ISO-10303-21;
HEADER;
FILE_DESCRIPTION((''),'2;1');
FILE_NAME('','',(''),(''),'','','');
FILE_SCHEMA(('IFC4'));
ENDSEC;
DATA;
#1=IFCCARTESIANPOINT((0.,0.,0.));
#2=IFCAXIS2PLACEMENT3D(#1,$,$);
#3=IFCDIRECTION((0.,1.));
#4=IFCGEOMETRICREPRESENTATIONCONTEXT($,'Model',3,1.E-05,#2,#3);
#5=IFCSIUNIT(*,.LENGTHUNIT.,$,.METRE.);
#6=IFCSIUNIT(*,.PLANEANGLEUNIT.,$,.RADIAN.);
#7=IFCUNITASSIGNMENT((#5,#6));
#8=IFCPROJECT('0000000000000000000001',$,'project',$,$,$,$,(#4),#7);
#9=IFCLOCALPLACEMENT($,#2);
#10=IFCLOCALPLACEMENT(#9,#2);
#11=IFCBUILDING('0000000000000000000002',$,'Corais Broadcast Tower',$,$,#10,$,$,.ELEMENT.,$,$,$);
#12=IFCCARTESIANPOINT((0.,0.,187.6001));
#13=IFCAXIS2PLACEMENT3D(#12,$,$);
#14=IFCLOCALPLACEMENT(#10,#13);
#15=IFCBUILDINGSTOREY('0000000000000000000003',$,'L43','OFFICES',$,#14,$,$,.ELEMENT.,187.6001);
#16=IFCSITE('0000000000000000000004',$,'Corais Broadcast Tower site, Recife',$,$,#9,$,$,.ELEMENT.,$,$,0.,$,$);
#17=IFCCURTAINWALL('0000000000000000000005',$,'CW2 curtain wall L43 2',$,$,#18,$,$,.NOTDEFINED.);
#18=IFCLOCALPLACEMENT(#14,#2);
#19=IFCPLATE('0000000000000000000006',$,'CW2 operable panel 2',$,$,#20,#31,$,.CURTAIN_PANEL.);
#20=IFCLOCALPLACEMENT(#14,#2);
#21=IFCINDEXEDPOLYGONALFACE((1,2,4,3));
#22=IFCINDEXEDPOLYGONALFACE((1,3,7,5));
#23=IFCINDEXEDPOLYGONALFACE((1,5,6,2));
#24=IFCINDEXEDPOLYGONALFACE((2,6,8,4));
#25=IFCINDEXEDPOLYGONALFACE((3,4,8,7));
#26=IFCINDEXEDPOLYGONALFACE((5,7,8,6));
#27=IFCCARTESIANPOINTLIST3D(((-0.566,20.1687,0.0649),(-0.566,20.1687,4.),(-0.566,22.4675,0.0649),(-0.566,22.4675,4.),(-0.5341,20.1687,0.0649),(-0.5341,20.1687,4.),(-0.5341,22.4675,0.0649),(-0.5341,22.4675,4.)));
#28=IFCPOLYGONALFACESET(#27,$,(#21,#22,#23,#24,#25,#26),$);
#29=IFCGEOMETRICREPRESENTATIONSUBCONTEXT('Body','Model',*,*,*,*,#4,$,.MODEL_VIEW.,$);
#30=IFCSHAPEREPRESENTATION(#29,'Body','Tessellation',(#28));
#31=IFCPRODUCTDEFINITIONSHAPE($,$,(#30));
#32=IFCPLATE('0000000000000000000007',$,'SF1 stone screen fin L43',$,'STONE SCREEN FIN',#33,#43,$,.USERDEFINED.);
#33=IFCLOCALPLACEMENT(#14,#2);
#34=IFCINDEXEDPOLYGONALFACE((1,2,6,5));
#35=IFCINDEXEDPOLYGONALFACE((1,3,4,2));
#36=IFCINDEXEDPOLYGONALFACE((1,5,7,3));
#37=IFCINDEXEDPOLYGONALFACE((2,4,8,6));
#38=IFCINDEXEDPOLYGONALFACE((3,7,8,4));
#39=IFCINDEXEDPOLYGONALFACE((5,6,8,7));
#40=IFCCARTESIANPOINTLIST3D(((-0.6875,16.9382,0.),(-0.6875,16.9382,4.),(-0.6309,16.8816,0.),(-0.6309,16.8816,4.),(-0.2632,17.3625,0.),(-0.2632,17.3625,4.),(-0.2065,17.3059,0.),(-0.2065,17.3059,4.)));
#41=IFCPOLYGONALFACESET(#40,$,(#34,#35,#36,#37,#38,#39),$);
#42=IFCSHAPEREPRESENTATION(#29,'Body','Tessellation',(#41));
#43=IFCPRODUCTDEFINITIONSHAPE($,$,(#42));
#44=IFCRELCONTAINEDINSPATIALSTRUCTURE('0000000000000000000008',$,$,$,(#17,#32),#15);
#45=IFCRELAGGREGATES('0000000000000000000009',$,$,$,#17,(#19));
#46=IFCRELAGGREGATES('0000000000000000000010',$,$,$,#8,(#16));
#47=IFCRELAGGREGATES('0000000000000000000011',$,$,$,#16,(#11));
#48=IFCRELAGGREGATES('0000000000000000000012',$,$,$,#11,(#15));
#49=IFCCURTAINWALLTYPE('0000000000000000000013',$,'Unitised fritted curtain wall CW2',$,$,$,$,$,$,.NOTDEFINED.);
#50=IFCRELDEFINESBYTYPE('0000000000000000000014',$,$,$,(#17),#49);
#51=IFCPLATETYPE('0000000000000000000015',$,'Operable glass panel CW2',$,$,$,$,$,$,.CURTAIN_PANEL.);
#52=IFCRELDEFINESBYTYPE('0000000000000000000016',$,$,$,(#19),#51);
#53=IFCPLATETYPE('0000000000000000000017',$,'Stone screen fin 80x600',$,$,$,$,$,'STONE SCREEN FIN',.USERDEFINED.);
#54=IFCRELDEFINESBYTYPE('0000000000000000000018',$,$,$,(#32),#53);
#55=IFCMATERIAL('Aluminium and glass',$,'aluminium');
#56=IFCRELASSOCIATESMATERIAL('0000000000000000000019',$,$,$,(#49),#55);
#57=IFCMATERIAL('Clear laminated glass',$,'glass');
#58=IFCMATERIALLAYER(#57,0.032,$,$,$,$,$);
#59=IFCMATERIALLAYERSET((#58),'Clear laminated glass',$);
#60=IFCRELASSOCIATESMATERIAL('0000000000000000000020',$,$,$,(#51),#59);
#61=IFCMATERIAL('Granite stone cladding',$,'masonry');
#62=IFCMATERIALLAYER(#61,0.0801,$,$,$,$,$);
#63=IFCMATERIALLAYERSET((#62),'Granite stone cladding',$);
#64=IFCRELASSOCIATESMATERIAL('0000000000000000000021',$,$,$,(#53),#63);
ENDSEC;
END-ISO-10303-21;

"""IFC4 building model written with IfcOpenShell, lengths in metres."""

from ifc_helpers import new_model, si_unit, direction, frame, origin, origin_2d, place, context, subcontext, project, spatial, rectangle, extrude, material, layer, layer_set, type_object, element, aggregate, save


model = new_model("IFC4")

# Units and contexts
model_context = context("Model", 3, precision=1e-05, world=origin(), true_north=direction((0.0, 1.0)))
body_context = subcontext(model_context, "Body", "Model", "MODEL_VIEW")
ifc_project = project(units=[si_unit("LENGTHUNIT", "METRE"), si_unit("PLANEANGLEUNIT", "RADIAN")], contexts=[model_context])

# Site, building, storey
site_placement = place(None, origin())
site = spatial("IfcSite", under=ifc_project, at=site_placement, Name="Corais Broadcast Tower site, Recife", CompositionType="ELEMENT", RefElevation=0.0)
building_placement = place(site_placement, origin())
building = spatial("IfcBuilding", under=site, at=building_placement, Name="Corais Broadcast Tower", CompositionType="ELEMENT")
storey_placement = place(building_placement, frame((0.0, 0.0, 187.6001)))
storey = spatial("IfcBuildingStorey", under=building, at=storey_placement, Name="L43", Description="OFFICES", CompositionType="ELEMENT", Elevation=187.6001)

# Curtain wall
ifc_material_1 = material(Name="Aluminium and glass", Category="aluminium")
curtain_wall_type = type_object("IfcCurtainWallType", Name="Unitised fritted curtain wall CW2", PredefinedType="NOTDEFINED", material=ifc_material_1)
curtain_wall_1_placement = place(storey_placement, origin())
curtain_wall_1 = element("IfcCurtainWall", 1, at=curtain_wall_1_placement, inside=storey, type_object=curtain_wall_type, Name="CW2 curtain wall L43 2", PredefinedType="NOTDEFINED")

# Plates
ifc_material_2 = material(Name="Clear laminated glass", Category="glass")
ifc_layer_1 = layer(ifc_material_2, 0.032)
ifc_layer_set_1 = layer_set([ifc_layer_1], Name="Clear laminated glass")
plate_type_1 = type_object("IfcPlateType", Name="Operable glass panel CW2", PredefinedType="CURTAIN_PANEL", material=ifc_layer_set_1)
plate_1_placement = place(storey_placement, frame((-0.55, 21.3181, 0.0649), z_axis=(0.0, 0.0, 1.0), x_axis=(0.0, 1.0, 0.0)))
plate_1 = element("IfcPlate", 2, at=plate_1_placement, type_object=plate_type_1, Name="CW2 operable panel 2", PredefinedType="CURTAIN_PANEL", context=body_context, shape_type="SweptSolid", body=[
    extrude(rectangle(XDim=2.2988, YDim=0.032, at=origin_2d()), origin(), (0.0, 0.0, 1.0), 3.9351),
])
aggregate(curtain_wall_1, [plate_1])
ifc_material_3 = material(Name="Granite stone cladding", Category="masonry")
ifc_layer_2 = layer(ifc_material_3, 0.0801)
ifc_layer_set_2 = layer_set([ifc_layer_2], Name="Granite stone cladding")
plate_type_2 = type_object("IfcPlateType", Name="Stone screen fin 80x600", ElementType="STONE SCREEN FIN", PredefinedType="USERDEFINED", material=ifc_layer_set_2)
plate_2_placement = place(storey_placement, frame((-0.447, 17.1221, 0.0), z_axis=(0.0, 0.0, 1.0), x_axis=(-0.707107, 0.707107, 0.0)))
element("IfcPlate", 3, at=plate_2_placement, inside=storey, type_object=plate_type_2, Name="SF1 stone screen fin L43", ObjectType="STONE SCREEN FIN", PredefinedType="USERDEFINED", context=body_context, shape_type="SweptSolid", body=[
    extrude(rectangle(XDim=0.0801, YDim=0.6001, at=origin_2d()), origin(), (0.0, 0.0, 1.0), 4.0),
])

save(model, "model.ifc")
